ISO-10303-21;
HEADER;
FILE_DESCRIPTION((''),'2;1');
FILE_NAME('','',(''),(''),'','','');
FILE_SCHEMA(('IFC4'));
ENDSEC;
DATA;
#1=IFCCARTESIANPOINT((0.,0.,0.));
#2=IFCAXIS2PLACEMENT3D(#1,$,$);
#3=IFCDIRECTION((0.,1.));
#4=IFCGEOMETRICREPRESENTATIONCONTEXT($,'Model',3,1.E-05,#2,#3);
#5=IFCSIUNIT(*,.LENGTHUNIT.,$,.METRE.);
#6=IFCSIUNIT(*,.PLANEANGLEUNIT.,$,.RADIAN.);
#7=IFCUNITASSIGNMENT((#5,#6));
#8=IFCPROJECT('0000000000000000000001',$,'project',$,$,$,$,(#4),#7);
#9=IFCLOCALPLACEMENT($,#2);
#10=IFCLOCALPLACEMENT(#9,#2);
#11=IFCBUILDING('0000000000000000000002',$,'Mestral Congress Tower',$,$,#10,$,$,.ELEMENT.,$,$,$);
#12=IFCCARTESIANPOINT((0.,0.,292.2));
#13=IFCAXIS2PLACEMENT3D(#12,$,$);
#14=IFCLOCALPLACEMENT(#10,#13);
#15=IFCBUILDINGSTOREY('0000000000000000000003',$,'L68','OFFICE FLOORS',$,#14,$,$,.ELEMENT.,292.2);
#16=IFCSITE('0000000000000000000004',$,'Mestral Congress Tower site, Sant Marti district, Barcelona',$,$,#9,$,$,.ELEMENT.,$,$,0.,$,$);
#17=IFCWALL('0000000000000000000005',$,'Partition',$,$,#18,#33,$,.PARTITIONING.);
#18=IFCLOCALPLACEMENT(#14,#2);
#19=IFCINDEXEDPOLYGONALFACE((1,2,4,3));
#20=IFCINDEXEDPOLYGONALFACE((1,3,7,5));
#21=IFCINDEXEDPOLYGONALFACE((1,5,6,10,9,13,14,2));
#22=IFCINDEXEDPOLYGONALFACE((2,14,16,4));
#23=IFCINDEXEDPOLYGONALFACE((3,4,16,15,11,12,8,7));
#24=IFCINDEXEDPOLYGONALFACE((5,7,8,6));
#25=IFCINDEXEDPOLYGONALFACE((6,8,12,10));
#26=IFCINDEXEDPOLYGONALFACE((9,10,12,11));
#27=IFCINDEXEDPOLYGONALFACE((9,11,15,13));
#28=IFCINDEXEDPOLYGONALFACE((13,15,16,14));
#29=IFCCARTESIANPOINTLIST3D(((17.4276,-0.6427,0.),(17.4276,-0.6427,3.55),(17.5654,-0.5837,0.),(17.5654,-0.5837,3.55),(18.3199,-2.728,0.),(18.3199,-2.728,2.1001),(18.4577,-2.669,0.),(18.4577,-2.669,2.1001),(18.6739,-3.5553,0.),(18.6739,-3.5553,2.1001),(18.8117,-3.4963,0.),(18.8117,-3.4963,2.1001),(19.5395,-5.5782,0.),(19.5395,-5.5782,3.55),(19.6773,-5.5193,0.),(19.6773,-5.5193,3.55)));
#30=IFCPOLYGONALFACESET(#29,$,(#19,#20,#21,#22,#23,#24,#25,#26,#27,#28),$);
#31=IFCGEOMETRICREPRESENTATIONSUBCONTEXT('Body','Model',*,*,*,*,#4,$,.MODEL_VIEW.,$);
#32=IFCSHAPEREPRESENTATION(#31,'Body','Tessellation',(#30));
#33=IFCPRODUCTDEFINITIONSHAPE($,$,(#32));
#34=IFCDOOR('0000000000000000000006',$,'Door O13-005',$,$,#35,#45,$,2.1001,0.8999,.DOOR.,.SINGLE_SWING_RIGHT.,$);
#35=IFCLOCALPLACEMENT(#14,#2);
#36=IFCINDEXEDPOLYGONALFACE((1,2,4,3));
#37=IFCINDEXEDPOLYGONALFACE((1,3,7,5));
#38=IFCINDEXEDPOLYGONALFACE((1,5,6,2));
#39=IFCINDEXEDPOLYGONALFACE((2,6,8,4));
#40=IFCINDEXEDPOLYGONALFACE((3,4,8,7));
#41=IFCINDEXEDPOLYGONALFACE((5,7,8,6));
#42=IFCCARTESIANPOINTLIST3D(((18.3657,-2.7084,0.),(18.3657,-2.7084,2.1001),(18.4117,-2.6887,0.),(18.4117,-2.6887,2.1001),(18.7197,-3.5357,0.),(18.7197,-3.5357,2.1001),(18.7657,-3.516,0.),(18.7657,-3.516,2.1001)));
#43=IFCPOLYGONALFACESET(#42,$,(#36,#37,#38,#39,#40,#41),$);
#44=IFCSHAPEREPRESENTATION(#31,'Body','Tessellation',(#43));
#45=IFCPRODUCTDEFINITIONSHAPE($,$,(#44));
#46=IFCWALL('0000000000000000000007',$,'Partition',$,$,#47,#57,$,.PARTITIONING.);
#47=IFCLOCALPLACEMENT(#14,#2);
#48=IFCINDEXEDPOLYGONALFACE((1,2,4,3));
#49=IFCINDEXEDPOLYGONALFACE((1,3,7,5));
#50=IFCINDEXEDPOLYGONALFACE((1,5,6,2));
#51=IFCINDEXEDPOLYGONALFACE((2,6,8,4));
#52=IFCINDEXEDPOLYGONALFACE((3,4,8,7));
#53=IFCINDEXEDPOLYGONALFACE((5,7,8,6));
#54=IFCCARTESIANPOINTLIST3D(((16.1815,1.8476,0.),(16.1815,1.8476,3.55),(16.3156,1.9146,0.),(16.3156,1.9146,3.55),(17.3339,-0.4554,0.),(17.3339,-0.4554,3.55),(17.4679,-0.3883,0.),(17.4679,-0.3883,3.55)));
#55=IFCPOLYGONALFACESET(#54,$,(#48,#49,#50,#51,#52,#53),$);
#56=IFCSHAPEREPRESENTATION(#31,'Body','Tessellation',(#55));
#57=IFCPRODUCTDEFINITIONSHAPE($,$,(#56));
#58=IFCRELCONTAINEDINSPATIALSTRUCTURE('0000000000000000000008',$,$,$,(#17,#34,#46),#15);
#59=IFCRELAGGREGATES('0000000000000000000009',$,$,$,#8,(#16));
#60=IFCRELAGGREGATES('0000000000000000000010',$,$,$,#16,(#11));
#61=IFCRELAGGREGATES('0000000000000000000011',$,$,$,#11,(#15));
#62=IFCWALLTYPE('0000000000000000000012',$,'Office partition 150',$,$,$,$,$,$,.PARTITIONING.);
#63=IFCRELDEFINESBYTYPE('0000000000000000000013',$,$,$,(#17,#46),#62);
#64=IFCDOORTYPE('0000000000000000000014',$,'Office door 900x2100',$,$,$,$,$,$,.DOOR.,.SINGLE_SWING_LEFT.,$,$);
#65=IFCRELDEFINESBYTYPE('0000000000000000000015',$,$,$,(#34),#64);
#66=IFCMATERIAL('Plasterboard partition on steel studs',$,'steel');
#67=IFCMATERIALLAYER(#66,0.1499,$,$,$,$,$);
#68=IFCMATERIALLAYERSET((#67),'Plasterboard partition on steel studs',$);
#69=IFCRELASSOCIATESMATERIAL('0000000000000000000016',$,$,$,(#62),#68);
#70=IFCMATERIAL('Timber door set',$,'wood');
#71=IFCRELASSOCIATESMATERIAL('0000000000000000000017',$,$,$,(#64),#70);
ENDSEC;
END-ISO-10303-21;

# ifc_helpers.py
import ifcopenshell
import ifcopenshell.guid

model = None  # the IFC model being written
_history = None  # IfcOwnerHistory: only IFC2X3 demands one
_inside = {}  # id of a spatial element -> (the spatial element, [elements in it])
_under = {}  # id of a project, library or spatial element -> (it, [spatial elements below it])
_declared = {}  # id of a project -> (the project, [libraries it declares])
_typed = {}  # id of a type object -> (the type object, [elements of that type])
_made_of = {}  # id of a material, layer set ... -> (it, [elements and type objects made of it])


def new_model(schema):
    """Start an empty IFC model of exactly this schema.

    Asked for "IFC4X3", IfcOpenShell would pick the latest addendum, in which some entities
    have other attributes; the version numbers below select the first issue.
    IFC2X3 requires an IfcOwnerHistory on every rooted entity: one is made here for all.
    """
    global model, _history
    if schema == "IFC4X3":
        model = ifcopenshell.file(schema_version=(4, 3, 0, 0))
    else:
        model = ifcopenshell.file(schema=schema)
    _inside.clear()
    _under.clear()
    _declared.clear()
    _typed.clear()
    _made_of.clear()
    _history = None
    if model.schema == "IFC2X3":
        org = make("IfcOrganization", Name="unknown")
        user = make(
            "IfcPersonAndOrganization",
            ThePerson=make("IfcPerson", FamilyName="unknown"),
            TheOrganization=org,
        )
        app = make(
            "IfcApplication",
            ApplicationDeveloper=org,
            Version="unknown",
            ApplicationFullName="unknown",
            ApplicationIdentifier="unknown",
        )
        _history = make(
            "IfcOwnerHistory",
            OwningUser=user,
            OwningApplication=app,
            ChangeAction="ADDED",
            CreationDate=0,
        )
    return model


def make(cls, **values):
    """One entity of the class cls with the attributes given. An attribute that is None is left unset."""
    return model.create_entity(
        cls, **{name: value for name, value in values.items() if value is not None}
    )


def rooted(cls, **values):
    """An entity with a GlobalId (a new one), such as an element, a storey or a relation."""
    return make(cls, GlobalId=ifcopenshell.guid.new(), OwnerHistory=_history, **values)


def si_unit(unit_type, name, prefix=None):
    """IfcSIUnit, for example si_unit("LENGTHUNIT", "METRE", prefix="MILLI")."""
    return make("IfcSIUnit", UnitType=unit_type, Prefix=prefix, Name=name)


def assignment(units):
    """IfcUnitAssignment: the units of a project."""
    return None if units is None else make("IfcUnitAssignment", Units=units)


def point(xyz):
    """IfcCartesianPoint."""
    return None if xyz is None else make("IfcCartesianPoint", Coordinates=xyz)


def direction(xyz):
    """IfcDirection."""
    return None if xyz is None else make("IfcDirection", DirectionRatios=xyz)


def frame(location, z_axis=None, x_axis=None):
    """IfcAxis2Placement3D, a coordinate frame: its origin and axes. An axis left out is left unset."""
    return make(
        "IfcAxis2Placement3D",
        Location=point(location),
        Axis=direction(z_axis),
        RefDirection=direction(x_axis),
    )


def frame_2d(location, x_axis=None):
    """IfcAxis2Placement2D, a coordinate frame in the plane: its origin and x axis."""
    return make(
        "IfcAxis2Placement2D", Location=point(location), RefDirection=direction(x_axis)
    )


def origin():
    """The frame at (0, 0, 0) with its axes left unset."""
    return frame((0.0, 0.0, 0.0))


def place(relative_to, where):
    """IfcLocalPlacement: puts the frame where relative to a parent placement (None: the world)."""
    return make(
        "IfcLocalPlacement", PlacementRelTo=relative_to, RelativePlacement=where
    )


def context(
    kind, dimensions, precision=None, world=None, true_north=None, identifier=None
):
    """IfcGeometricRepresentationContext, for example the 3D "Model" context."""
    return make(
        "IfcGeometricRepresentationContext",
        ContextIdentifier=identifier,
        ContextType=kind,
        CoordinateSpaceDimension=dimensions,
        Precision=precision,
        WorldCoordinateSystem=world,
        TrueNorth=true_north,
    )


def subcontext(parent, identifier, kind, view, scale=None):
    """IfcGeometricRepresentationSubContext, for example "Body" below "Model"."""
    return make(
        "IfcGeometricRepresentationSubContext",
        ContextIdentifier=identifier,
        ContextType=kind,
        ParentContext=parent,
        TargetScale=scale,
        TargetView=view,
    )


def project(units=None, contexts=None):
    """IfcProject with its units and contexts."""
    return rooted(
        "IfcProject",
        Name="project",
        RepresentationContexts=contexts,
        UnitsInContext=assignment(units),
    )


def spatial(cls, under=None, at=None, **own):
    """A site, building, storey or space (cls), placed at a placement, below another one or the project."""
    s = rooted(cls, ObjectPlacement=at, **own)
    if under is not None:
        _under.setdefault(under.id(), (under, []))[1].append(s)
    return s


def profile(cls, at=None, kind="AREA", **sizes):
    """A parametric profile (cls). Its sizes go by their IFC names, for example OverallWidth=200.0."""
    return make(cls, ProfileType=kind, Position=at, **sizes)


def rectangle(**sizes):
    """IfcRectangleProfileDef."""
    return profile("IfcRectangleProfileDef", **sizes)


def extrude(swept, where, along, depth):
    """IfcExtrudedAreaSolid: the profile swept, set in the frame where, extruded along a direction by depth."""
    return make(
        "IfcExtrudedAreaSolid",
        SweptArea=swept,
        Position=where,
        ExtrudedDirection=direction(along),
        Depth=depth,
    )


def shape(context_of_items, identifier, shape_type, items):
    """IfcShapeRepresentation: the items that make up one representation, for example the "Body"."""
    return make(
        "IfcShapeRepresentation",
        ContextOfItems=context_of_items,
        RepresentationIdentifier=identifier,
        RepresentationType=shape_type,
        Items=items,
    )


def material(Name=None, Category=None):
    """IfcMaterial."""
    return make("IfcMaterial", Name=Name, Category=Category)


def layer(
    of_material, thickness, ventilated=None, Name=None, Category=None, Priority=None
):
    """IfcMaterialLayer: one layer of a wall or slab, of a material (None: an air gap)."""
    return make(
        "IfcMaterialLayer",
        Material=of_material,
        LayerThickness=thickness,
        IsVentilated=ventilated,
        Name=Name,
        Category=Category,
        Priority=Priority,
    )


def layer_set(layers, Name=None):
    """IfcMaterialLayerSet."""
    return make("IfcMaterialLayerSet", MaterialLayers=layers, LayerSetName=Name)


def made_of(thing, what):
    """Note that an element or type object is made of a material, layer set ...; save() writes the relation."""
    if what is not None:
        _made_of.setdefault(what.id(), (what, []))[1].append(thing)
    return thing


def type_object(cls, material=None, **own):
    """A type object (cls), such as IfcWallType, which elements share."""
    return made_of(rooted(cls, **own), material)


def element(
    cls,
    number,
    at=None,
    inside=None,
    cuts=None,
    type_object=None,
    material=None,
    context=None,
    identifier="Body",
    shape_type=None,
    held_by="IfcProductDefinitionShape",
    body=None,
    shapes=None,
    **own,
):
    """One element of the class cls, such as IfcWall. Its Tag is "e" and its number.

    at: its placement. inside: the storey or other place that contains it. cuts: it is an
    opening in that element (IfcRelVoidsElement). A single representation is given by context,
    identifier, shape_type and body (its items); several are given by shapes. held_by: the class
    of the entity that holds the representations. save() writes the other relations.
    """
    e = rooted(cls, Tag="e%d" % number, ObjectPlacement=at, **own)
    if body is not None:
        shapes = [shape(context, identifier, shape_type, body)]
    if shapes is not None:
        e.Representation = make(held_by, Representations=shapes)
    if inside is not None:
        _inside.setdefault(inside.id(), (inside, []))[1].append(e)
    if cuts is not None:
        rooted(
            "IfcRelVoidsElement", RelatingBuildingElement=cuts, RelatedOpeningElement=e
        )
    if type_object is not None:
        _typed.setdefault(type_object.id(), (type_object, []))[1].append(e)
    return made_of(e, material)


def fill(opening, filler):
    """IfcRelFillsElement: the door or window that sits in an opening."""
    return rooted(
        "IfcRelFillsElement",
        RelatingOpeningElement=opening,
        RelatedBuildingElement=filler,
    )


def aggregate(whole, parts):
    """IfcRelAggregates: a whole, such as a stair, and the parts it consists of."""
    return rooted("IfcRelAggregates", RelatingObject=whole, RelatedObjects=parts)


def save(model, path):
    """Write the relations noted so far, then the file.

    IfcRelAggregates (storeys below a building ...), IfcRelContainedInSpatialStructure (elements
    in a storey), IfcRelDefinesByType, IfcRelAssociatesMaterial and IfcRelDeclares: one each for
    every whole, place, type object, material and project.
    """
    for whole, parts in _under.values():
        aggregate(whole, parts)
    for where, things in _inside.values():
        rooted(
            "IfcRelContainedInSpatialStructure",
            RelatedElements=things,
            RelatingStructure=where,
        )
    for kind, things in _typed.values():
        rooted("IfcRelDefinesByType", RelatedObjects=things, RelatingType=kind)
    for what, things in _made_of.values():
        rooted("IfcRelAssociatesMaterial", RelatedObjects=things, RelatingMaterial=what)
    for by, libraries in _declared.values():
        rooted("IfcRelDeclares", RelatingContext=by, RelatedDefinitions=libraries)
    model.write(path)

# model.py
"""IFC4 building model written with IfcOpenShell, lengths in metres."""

from ifc_helpers import new_model, si_unit, direction, frame, frame_2d, origin, place, context, subcontext, project, spatial, rectangle, extrude, material, layer, layer_set, type_object, element, fill, save


model = new_model("IFC4")

# Units and contexts
model_context = context("Model", 3, precision=1e-05, world=origin(), true_north=direction((0.0, 1.0)))
body_context = subcontext(model_context, "Body", "Model", "MODEL_VIEW")
ifc_project = project(units=[si_unit("LENGTHUNIT", "METRE"), si_unit("PLANEANGLEUNIT", "RADIAN")], contexts=[model_context])

# Site, building, storey
site_placement = place(None, origin())
site = spatial("IfcSite", under=ifc_project, at=site_placement, Name="Mestral Congress Tower site, Sant Marti district, Barcelona", CompositionType="ELEMENT", RefElevation=0.0)
building_placement = place(site_placement, origin())
building = spatial("IfcBuilding", under=site, at=building_placement, Name="Mestral Congress Tower", CompositionType="ELEMENT")
storey_placement = place(building_placement, frame((0.0, 0.0, 292.2)))
storey = spatial("IfcBuildingStorey", under=building, at=storey_placement, Name="L68", Description="OFFICE FLOORS", CompositionType="ELEMENT", Elevation=292.2)

# Wall, opening, door
ifc_material_1 = material(Name="Plasterboard partition on steel studs", Category="steel")
ifc_layer_1 = layer(ifc_material_1, 0.1499)
ifc_layer_set_1 = layer_set([ifc_layer_1], Name="Plasterboard partition on steel studs")
wall_type_1 = type_object("IfcWallType", Name="Office partition 150", PredefinedType="PARTITIONING", material=ifc_layer_set_1)
wall_1_placement = place(storey_placement, frame((17.4966, -0.6133, 0.0), z_axis=(0.0, 0.0, 1.0), x_axis=(0.393381, -0.919375, 0.0)))
wall_1 = element("IfcWall", 1, at=wall_1_placement, inside=storey, type_object=wall_type_1, Name="Partition", PredefinedType="PARTITIONING", context=body_context, shape_type="SweptSolid", body=[
    extrude(rectangle(XDim=5.3684, YDim=0.1499, at=frame_2d((2.6841, 0.0))), origin(), (0.0, 0.0, 1.0), 3.55),
])
opening_1_placement = place(wall_1_placement, frame((2.2681, 0.0, 0.0)))
opening_1 = element("IfcOpeningElement", 2, at=opening_1_placement, cuts=wall_1, PredefinedType="OPENING", context=body_context, shape_type="SweptSolid", body=[
    extrude(rectangle(XDim=0.8999, YDim=2.1001, at=frame_2d((0.45, 1.05))), frame((0.0, 0.085, 0.0), z_axis=(0.0, -1.0, 0.0), x_axis=(1.0, 0.0, 0.0)), (0.0, 0.0, 1.0), 0.1699),
])
ifc_material_2 = material(Name="Timber door set", Category="wood")
door_type = type_object("IfcDoorType", Name="Office door 900x2100", OperationType="SINGLE_SWING_LEFT", PredefinedType="DOOR", material=ifc_material_2)
door_placement = place(opening_1_placement, origin())
door = element("IfcDoor", 3, at=door_placement, inside=storey, type_object=door_type, Name="Door O13-005", OperationType="SINGLE_SWING_RIGHT", OverallHeight=2.1001, OverallWidth=0.8999, PredefinedType="DOOR", context=body_context, shape_type="SweptSolid", body=[
    extrude(rectangle(XDim=0.8999, YDim=2.1001, at=frame_2d((0.45, 1.05))), frame((0.0, 0.0249, 0.0), z_axis=(0.0, -1.0, 0.0), x_axis=(1.0, 0.0, 0.0)), (0.0, 0.0, 1.0), 0.05),
])
fill(opening_1, door)

# Wall
wall_2_placement = place(storey_placement, frame((17.4009, -0.4219, 0.0), z_axis=(0.0, 0.0, 1.0), x_axis=(-0.447479, 0.894294, 0.0)))
element("IfcWall", 4, at=wall_2_placement, inside=storey, type_object=wall_type_1, Name="Partition", PredefinedType="PARTITIONING", context=body_context, shape_type="SweptSolid", body=[
    extrude(rectangle(XDim=2.5752, YDim=0.1499, at=frame_2d((1.2876, 0.0))), origin(), (0.0, 0.0, 1.0), 3.55),
])

save(model, "model.ifc")
